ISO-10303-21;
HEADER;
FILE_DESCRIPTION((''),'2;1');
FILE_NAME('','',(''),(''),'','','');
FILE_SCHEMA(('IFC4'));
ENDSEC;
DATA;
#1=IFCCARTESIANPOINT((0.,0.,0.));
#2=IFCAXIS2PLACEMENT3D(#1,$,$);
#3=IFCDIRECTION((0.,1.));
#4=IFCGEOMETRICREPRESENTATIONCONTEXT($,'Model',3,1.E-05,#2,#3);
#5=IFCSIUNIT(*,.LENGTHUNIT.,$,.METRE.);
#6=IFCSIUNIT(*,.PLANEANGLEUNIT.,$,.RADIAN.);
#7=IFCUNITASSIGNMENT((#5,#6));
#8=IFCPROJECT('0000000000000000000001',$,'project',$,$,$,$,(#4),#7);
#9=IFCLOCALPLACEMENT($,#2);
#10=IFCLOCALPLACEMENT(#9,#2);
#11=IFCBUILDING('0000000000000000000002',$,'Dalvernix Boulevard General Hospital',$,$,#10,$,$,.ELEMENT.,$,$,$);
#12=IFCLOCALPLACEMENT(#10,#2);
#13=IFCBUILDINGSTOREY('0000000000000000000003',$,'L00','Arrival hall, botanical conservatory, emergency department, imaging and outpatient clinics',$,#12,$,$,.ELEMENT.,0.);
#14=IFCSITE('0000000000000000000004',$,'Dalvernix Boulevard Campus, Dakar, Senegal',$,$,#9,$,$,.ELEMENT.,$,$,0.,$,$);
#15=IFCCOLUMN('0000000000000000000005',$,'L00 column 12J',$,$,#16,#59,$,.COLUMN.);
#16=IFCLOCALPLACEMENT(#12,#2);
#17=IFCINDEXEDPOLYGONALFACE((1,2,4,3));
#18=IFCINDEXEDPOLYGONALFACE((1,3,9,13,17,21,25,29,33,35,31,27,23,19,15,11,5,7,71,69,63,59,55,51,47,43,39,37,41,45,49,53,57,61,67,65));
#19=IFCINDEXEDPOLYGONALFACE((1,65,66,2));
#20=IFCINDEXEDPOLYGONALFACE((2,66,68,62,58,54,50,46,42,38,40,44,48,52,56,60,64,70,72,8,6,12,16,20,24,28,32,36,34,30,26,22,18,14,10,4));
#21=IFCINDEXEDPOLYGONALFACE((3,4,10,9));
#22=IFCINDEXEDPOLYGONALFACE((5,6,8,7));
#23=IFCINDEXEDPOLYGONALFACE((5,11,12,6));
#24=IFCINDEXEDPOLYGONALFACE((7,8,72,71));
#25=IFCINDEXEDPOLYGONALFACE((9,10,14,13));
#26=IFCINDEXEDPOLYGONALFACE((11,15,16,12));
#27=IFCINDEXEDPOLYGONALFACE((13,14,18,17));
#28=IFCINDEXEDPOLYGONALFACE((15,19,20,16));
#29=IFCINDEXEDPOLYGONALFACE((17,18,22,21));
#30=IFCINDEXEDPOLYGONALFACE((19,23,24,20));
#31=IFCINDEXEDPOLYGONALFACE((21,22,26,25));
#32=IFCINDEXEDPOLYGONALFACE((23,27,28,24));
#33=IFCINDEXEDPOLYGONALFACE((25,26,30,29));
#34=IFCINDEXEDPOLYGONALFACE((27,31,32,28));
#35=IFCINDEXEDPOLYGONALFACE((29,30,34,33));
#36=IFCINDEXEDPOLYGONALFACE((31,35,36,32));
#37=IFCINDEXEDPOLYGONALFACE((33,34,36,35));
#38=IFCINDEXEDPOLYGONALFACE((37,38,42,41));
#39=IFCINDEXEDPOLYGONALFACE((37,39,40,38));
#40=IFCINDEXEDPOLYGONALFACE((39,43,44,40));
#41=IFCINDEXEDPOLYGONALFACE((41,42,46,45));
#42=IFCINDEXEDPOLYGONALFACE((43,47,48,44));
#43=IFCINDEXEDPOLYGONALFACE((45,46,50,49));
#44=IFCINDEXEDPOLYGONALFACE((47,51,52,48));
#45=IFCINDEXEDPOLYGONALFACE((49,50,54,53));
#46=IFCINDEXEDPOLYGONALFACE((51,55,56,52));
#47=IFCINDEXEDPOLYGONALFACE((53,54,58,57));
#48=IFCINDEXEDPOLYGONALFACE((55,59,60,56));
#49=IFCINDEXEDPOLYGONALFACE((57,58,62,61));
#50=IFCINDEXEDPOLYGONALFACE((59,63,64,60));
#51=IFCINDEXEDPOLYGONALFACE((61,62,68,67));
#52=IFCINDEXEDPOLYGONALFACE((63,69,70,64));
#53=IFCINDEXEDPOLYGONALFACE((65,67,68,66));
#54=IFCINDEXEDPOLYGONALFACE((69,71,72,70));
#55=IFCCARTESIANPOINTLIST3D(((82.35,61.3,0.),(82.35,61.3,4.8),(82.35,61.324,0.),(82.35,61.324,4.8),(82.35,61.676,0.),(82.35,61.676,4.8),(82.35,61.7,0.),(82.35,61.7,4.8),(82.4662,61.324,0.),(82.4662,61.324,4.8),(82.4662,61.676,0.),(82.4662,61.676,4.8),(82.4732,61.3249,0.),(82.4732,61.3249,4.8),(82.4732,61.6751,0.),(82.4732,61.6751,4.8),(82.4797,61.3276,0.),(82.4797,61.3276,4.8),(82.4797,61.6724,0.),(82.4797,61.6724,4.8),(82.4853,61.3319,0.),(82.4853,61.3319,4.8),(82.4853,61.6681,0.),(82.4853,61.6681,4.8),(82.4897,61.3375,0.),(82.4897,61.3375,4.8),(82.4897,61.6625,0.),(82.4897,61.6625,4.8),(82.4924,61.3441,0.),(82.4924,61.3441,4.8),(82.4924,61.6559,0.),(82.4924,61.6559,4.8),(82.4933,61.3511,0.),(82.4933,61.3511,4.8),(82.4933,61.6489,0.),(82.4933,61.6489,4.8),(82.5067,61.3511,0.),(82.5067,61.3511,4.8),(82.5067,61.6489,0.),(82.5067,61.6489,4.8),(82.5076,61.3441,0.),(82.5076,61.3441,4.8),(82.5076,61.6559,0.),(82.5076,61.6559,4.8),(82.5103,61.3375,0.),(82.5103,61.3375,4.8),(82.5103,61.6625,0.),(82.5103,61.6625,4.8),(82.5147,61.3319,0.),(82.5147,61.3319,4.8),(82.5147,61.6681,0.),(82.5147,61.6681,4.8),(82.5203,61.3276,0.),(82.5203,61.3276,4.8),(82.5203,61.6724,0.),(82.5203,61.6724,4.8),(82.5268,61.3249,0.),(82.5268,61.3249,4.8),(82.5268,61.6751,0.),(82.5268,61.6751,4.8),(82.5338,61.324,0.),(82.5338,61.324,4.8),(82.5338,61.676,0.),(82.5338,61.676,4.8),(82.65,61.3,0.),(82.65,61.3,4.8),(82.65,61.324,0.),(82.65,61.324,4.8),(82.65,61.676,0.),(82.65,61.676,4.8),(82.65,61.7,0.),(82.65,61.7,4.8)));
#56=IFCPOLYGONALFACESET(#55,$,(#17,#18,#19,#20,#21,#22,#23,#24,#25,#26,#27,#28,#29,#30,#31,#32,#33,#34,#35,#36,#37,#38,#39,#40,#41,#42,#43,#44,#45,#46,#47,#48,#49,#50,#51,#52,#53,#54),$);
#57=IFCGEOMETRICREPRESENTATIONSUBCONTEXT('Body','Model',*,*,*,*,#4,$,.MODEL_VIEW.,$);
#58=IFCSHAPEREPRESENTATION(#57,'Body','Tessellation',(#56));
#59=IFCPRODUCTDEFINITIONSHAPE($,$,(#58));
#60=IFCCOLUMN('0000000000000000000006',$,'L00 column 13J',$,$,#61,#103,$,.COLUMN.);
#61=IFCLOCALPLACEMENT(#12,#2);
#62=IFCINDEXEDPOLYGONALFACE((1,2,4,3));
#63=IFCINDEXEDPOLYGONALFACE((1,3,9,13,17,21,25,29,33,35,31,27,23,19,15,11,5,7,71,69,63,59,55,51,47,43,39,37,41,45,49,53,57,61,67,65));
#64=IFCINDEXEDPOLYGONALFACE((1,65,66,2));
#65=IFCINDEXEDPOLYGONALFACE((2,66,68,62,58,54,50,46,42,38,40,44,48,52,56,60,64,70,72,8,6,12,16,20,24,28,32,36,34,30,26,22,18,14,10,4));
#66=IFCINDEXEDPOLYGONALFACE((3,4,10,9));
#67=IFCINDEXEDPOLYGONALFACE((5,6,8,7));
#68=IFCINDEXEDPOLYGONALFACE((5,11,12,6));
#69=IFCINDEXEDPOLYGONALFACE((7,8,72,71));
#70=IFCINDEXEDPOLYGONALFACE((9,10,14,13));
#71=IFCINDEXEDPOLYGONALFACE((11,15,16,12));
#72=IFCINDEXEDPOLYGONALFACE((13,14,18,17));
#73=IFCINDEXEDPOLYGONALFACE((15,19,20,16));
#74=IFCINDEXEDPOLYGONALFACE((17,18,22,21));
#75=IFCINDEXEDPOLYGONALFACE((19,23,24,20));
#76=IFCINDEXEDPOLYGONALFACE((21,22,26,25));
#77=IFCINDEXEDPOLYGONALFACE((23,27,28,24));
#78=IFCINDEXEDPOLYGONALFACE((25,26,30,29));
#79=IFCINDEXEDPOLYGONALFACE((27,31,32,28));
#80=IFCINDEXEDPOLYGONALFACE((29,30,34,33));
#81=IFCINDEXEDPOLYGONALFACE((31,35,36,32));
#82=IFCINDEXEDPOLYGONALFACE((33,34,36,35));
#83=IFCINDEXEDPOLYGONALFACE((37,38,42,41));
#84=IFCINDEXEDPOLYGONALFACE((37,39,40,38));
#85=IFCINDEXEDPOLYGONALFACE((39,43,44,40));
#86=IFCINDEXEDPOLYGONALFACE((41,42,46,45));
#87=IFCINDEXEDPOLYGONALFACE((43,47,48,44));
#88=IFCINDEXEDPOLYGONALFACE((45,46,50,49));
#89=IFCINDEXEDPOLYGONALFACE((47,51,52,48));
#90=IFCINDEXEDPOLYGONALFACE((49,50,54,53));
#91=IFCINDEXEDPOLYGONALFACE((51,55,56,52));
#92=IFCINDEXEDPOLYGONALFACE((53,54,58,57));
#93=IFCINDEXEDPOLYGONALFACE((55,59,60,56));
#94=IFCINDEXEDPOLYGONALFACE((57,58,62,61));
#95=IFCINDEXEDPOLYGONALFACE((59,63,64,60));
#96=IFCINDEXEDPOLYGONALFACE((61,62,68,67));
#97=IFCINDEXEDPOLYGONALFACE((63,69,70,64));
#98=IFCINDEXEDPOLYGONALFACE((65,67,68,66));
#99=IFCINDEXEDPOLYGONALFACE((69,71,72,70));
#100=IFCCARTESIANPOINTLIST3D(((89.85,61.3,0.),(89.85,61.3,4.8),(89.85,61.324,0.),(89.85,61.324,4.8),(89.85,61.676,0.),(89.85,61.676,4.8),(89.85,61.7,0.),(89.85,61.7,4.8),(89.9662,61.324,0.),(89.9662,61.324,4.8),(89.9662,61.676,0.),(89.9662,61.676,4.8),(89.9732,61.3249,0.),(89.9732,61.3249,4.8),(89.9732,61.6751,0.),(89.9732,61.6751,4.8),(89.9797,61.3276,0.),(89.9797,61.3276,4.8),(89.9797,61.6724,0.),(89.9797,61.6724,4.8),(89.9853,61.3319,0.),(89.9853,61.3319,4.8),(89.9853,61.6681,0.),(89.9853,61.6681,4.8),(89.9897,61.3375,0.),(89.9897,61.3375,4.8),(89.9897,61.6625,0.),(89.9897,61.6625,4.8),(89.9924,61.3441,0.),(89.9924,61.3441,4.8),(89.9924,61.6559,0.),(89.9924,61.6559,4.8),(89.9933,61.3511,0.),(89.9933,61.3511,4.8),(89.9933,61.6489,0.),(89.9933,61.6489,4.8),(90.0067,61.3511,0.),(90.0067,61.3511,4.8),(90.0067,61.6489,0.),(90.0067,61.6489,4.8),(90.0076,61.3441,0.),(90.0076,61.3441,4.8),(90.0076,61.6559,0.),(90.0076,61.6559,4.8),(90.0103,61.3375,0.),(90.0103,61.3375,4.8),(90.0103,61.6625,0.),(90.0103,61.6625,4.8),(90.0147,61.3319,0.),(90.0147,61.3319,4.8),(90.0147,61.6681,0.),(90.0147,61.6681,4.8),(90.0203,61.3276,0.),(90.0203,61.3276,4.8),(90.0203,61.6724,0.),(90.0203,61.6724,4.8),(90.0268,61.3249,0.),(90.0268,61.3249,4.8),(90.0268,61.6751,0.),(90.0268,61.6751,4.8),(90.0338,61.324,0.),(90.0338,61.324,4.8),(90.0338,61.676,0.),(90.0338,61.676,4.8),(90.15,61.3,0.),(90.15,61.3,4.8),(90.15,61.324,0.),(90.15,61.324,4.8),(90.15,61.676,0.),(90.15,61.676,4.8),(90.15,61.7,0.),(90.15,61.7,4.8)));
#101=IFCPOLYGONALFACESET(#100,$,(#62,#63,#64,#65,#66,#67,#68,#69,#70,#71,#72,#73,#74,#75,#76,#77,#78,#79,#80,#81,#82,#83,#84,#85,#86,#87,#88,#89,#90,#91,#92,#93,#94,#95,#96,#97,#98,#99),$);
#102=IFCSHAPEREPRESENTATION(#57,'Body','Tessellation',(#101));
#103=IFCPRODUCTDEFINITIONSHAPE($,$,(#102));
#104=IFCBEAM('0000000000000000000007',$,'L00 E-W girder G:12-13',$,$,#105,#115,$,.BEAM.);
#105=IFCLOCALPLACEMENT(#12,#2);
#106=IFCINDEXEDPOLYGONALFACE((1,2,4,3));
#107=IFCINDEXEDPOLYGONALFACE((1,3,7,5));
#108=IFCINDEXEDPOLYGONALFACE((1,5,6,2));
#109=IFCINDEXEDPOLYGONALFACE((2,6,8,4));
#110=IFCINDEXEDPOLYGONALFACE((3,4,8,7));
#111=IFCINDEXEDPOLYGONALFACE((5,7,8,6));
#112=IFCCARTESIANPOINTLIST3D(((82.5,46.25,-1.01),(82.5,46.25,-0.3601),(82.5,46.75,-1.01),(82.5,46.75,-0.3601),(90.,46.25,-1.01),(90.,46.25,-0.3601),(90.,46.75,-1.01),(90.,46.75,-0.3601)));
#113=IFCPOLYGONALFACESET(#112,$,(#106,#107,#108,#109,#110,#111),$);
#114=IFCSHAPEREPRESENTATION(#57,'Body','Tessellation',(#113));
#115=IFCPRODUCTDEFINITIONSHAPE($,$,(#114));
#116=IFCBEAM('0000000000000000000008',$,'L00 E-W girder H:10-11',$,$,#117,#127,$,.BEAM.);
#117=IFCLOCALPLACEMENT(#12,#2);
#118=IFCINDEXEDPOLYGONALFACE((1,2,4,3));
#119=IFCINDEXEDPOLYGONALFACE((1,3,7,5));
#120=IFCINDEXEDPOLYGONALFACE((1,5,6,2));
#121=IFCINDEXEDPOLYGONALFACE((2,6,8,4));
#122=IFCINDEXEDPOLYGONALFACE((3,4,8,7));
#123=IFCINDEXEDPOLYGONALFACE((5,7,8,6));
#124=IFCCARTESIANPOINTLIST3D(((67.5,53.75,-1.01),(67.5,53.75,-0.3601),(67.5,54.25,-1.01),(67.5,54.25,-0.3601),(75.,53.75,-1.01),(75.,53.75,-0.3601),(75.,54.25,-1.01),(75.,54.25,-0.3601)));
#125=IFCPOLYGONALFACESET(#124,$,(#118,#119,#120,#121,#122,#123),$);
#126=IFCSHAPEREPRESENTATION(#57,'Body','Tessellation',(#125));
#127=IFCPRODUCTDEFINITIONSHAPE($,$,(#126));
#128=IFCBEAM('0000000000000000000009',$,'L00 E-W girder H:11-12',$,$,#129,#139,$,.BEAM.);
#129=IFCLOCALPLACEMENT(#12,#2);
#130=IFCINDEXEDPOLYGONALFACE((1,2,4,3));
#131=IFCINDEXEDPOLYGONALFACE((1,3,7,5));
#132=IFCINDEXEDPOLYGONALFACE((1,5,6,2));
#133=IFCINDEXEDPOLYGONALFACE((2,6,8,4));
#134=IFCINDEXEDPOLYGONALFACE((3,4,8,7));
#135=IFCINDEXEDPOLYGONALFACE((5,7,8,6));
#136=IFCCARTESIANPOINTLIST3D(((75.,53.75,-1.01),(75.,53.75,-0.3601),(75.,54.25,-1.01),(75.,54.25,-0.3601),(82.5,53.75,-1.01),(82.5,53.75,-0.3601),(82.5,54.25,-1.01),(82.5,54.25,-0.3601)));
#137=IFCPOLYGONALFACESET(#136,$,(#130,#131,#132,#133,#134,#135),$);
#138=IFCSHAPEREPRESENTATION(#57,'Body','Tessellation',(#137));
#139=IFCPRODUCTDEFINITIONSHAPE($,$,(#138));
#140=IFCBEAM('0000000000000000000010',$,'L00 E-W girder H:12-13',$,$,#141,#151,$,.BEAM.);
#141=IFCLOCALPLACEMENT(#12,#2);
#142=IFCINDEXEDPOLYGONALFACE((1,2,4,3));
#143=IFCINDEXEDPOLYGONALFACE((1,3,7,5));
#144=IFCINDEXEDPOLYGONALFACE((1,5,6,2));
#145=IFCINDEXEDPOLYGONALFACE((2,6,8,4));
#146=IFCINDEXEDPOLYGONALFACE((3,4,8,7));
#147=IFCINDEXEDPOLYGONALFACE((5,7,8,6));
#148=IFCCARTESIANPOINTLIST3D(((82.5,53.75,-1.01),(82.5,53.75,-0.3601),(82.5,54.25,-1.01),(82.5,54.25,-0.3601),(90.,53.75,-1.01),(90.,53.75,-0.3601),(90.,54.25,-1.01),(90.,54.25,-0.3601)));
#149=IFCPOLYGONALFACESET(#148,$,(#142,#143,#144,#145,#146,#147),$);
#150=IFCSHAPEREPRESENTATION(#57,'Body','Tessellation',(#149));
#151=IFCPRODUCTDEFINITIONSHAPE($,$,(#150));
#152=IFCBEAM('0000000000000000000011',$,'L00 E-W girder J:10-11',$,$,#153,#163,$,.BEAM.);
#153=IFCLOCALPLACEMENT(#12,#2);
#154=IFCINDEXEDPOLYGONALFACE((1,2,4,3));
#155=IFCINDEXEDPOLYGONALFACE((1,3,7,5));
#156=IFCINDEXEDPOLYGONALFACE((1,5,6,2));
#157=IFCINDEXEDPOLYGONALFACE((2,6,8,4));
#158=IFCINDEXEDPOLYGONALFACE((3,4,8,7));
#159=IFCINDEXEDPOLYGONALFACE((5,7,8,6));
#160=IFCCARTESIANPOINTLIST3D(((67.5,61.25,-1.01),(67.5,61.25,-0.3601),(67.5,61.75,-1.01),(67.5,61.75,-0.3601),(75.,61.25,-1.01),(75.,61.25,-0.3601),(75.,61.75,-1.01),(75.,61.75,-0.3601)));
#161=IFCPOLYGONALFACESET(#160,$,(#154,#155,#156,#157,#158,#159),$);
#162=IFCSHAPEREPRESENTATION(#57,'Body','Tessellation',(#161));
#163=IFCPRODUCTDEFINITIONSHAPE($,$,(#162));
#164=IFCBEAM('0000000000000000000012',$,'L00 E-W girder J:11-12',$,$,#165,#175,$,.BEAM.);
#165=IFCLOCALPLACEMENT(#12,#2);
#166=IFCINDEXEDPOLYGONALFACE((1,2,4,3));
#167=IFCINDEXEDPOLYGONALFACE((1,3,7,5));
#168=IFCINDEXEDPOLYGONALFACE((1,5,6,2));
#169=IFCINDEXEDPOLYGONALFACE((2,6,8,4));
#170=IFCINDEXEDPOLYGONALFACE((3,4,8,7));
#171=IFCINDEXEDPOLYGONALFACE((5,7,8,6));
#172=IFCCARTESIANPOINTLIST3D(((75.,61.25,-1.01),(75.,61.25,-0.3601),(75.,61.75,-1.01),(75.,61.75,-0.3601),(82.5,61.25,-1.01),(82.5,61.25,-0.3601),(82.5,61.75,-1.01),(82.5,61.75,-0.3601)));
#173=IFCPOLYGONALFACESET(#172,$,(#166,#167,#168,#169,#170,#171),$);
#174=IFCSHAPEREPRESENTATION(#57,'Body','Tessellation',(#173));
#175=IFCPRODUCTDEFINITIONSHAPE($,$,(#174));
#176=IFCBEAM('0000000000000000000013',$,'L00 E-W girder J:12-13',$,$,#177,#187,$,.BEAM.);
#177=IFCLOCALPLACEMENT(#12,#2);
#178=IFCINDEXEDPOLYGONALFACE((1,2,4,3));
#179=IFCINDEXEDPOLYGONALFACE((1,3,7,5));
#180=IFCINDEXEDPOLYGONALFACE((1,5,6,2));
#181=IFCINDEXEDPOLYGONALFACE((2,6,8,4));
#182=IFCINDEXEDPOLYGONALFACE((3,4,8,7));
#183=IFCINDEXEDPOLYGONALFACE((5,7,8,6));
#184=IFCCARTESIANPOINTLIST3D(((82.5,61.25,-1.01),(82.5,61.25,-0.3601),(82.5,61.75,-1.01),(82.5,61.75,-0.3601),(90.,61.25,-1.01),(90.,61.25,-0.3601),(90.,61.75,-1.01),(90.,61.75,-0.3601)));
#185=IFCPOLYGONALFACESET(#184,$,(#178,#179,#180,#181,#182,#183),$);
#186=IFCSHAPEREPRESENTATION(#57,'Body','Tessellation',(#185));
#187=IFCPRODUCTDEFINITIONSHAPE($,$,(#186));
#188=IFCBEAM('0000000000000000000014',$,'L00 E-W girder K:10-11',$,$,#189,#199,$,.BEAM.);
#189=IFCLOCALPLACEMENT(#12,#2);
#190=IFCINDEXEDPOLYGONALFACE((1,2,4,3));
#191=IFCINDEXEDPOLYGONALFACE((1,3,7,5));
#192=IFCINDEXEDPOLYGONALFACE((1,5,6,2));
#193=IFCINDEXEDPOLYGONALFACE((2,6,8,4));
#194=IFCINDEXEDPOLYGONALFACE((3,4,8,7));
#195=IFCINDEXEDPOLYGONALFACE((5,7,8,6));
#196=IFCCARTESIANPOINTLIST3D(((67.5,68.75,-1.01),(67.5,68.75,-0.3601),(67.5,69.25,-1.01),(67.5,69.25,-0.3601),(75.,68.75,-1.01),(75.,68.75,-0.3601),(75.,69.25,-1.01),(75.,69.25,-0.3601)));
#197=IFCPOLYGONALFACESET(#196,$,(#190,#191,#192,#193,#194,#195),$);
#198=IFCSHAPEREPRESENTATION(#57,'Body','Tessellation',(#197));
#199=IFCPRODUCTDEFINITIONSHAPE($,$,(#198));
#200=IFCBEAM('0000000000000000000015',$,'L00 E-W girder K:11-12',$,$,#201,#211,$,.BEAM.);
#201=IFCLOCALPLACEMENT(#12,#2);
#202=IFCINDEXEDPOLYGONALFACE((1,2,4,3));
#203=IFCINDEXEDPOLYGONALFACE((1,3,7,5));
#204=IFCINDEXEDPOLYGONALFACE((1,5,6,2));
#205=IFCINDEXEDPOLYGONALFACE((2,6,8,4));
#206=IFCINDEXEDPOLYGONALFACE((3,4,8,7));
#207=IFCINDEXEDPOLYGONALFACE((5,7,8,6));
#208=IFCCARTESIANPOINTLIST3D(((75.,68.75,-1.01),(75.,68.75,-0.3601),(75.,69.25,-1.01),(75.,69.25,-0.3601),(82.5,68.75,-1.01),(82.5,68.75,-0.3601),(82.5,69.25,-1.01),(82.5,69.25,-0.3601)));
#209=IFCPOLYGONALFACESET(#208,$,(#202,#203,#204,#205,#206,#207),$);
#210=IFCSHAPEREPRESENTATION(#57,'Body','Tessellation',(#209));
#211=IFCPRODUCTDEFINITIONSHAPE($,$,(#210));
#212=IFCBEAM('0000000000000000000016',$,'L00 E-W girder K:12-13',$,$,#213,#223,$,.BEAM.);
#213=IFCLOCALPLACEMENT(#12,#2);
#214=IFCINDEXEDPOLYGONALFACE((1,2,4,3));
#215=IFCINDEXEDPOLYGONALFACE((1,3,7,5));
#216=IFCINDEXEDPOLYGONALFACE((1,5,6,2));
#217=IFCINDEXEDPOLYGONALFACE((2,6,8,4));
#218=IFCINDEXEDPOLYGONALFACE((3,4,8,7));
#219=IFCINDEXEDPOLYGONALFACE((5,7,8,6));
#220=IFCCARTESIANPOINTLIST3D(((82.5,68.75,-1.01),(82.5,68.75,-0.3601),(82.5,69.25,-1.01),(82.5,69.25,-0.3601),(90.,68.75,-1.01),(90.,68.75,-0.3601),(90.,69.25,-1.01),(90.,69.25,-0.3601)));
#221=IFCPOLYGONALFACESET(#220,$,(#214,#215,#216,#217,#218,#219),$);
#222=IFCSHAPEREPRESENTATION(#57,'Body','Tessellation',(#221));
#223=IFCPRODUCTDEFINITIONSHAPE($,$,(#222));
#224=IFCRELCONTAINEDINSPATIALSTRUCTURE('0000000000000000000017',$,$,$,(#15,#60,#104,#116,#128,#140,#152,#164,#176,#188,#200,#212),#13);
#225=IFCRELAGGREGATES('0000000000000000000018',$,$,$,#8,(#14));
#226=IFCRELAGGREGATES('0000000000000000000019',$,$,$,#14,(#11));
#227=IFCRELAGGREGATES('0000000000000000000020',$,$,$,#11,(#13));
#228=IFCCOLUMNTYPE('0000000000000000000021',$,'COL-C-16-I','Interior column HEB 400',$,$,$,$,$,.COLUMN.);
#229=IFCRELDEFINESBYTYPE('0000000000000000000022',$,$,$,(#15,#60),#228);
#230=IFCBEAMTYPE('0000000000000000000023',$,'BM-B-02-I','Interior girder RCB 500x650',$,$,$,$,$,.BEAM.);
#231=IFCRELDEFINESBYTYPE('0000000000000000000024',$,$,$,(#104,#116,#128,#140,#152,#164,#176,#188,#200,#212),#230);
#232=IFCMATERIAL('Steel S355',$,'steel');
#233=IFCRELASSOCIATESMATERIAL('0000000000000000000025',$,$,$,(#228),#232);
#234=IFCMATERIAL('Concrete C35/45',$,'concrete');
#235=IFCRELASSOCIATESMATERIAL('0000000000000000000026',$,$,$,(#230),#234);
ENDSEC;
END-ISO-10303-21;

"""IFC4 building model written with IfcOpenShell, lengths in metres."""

from ifc_helpers import new_model, si_unit, direction, frame, origin, origin_2d, place, context, subcontext, project, spatial, rectangle, i_section, extrude, material, material_profile, profile_set, type_object, element, save


model = new_model("IFC4")

# Units and contexts
model_context = context("Model", 3, precision=1e-05, world=origin(), true_north=direction((0.0, 1.0)))
body_context = subcontext(model_context, "Body", "Model", "MODEL_VIEW")
ifc_project = project(units=[si_unit("LENGTHUNIT", "METRE"), si_unit("PLANEANGLEUNIT", "RADIAN")], contexts=[model_context])

# Site, building, storey
site_placement = place(None, origin())
site = spatial("IfcSite", under=ifc_project, at=site_placement, Name="Dalvernix Boulevard Campus, Dakar, Senegal", CompositionType="ELEMENT", RefElevation=0.0)
building_placement = place(site_placement, origin())
building = spatial("IfcBuilding", under=site, at=building_placement, Name="Dalvernix Boulevard General Hospital", CompositionType="ELEMENT")
storey_placement = place(building_placement, origin())
storey = spatial("IfcBuildingStorey", under=building, at=storey_placement, Name="L00", Description="Arrival hall, botanical conservatory, emergency department, imaging and outpatient clinics", CompositionType="ELEMENT", Elevation=0.0)

# Columns
ifc_material_1 = material(Name="Steel S355", Category="steel")
ifc_material_profile_1 = material_profile(ifc_material_1, i_section(OverallWidth=0.3, OverallDepth=0.3999, WebThickness=0.0134, FlangeThickness=0.0239, FilletRadius=0.0271, at=origin_2d()), Name="HEB 400")
ifc_profile_set_1 = profile_set([ifc_material_profile_1], Name="Steel S355")
column_type_1 = type_object("IfcColumnType", Name="COL-C-16-I", Description="Interior column HEB 400", PredefinedType="COLUMN", material=ifc_profile_set_1)
for number, where, z_axis, x_axis, name in (
    (1, (82.5, 61.5, 0.0), (0.0, 0.0, 1.0), (1.0, 0.0, 0.0), "L00 column 12J"),
    (2, (90.0, 61.5, 0.0), (0.0, 0.0, 1.0), (1.0, 0.0, 0.0), "L00 column 13J"),
):
    element("IfcColumn", number, at=place(storey_placement, frame(where, z_axis=z_axis, x_axis=x_axis)), inside=storey, type_object=column_type_1, Name=name, PredefinedType="COLUMN", context=body_context, shape_type="SweptSolid", body=[
        extrude(i_section(OverallWidth=0.3, OverallDepth=0.3999, WebThickness=0.0134, FlangeThickness=0.0239, FilletRadius=0.0271, at=origin_2d()), origin(), (0.0, 0.0, 1.0), 4.8),
    ])

# Beams
ifc_material_2 = material(Name="Concrete C35/45", Category="concrete")
ifc_material_profile_2 = material_profile(ifc_material_2, rectangle(XDim=0.5, YDim=0.6499, at=origin_2d()), Name="RCB 500x650")
ifc_profile_set_2 = profile_set([ifc_material_profile_2], Name="Concrete C35/45")
beam_type_1 = type_object("IfcBeamType", Name="BM-B-02-I", Description="Interior girder RCB 500x650", PredefinedType="BEAM", material=ifc_profile_set_2)
for number, where, z_axis, x_axis, name in (
    (3, (82.5, 46.5, -0.6851), (1.0, 0.0, 0.0), (0.0, 1.0, 0.0), "L00 E-W girder G:12-13"),
    (4, (67.5, 54.0, -0.6851), (1.0, 0.0, 0.0), (0.0, 1.0, 0.0), "L00 E-W girder H:10-11"),
    (5, (75.0, 54.0, -0.6851), (1.0, 0.0, 0.0), (0.0, 1.0, 0.0), "L00 E-W girder H:11-12"),
    (6, (82.5, 54.0, -0.6851), (1.0, 0.0, 0.0), (0.0, 1.0, 0.0), "L00 E-W girder H:12-13"),
    (7, (67.5, 61.5, -0.6851), (1.0, 0.0, 0.0), (0.0, 1.0, 0.0), "L00 E-W girder J:10-11"),
    (8, (75.0, 61.5, -0.6851), (1.0, 0.0, 0.0), (0.0, 1.0, 0.0), "L00 E-W girder J:11-12"),
    (9, (82.5, 61.5, -0.6851), (1.0, 0.0, 0.0), (0.0, 1.0, 0.0), "L00 E-W girder J:12-13"),
    (10, (67.5, 69.0, -0.6851), (1.0, 0.0, 0.0), (0.0, 1.0, 0.0), "L00 E-W girder K:10-11"),
    (11, (75.0, 69.0, -0.6851), (1.0, 0.0, 0.0), (0.0, 1.0, 0.0), "L00 E-W girder K:11-12"),
    (12, (82.5, 69.0, -0.6851), (1.0, 0.0, 0.0), (0.0, 1.0, 0.0), "L00 E-W girder K:12-13"),
):
    element("IfcBeam", number, at=place(storey_placement, frame(where, z_axis=z_axis, x_axis=x_axis)), inside=storey, type_object=beam_type_1, Name=name, PredefinedType="BEAM", context=body_context, shape_type="SweptSolid", body=[
        extrude(rectangle(XDim=0.5, YDim=0.6499, at=origin_2d()), origin(), (0.0, 0.0, 1.0), 7.5),
    ])

save(model, "model.ifc")
